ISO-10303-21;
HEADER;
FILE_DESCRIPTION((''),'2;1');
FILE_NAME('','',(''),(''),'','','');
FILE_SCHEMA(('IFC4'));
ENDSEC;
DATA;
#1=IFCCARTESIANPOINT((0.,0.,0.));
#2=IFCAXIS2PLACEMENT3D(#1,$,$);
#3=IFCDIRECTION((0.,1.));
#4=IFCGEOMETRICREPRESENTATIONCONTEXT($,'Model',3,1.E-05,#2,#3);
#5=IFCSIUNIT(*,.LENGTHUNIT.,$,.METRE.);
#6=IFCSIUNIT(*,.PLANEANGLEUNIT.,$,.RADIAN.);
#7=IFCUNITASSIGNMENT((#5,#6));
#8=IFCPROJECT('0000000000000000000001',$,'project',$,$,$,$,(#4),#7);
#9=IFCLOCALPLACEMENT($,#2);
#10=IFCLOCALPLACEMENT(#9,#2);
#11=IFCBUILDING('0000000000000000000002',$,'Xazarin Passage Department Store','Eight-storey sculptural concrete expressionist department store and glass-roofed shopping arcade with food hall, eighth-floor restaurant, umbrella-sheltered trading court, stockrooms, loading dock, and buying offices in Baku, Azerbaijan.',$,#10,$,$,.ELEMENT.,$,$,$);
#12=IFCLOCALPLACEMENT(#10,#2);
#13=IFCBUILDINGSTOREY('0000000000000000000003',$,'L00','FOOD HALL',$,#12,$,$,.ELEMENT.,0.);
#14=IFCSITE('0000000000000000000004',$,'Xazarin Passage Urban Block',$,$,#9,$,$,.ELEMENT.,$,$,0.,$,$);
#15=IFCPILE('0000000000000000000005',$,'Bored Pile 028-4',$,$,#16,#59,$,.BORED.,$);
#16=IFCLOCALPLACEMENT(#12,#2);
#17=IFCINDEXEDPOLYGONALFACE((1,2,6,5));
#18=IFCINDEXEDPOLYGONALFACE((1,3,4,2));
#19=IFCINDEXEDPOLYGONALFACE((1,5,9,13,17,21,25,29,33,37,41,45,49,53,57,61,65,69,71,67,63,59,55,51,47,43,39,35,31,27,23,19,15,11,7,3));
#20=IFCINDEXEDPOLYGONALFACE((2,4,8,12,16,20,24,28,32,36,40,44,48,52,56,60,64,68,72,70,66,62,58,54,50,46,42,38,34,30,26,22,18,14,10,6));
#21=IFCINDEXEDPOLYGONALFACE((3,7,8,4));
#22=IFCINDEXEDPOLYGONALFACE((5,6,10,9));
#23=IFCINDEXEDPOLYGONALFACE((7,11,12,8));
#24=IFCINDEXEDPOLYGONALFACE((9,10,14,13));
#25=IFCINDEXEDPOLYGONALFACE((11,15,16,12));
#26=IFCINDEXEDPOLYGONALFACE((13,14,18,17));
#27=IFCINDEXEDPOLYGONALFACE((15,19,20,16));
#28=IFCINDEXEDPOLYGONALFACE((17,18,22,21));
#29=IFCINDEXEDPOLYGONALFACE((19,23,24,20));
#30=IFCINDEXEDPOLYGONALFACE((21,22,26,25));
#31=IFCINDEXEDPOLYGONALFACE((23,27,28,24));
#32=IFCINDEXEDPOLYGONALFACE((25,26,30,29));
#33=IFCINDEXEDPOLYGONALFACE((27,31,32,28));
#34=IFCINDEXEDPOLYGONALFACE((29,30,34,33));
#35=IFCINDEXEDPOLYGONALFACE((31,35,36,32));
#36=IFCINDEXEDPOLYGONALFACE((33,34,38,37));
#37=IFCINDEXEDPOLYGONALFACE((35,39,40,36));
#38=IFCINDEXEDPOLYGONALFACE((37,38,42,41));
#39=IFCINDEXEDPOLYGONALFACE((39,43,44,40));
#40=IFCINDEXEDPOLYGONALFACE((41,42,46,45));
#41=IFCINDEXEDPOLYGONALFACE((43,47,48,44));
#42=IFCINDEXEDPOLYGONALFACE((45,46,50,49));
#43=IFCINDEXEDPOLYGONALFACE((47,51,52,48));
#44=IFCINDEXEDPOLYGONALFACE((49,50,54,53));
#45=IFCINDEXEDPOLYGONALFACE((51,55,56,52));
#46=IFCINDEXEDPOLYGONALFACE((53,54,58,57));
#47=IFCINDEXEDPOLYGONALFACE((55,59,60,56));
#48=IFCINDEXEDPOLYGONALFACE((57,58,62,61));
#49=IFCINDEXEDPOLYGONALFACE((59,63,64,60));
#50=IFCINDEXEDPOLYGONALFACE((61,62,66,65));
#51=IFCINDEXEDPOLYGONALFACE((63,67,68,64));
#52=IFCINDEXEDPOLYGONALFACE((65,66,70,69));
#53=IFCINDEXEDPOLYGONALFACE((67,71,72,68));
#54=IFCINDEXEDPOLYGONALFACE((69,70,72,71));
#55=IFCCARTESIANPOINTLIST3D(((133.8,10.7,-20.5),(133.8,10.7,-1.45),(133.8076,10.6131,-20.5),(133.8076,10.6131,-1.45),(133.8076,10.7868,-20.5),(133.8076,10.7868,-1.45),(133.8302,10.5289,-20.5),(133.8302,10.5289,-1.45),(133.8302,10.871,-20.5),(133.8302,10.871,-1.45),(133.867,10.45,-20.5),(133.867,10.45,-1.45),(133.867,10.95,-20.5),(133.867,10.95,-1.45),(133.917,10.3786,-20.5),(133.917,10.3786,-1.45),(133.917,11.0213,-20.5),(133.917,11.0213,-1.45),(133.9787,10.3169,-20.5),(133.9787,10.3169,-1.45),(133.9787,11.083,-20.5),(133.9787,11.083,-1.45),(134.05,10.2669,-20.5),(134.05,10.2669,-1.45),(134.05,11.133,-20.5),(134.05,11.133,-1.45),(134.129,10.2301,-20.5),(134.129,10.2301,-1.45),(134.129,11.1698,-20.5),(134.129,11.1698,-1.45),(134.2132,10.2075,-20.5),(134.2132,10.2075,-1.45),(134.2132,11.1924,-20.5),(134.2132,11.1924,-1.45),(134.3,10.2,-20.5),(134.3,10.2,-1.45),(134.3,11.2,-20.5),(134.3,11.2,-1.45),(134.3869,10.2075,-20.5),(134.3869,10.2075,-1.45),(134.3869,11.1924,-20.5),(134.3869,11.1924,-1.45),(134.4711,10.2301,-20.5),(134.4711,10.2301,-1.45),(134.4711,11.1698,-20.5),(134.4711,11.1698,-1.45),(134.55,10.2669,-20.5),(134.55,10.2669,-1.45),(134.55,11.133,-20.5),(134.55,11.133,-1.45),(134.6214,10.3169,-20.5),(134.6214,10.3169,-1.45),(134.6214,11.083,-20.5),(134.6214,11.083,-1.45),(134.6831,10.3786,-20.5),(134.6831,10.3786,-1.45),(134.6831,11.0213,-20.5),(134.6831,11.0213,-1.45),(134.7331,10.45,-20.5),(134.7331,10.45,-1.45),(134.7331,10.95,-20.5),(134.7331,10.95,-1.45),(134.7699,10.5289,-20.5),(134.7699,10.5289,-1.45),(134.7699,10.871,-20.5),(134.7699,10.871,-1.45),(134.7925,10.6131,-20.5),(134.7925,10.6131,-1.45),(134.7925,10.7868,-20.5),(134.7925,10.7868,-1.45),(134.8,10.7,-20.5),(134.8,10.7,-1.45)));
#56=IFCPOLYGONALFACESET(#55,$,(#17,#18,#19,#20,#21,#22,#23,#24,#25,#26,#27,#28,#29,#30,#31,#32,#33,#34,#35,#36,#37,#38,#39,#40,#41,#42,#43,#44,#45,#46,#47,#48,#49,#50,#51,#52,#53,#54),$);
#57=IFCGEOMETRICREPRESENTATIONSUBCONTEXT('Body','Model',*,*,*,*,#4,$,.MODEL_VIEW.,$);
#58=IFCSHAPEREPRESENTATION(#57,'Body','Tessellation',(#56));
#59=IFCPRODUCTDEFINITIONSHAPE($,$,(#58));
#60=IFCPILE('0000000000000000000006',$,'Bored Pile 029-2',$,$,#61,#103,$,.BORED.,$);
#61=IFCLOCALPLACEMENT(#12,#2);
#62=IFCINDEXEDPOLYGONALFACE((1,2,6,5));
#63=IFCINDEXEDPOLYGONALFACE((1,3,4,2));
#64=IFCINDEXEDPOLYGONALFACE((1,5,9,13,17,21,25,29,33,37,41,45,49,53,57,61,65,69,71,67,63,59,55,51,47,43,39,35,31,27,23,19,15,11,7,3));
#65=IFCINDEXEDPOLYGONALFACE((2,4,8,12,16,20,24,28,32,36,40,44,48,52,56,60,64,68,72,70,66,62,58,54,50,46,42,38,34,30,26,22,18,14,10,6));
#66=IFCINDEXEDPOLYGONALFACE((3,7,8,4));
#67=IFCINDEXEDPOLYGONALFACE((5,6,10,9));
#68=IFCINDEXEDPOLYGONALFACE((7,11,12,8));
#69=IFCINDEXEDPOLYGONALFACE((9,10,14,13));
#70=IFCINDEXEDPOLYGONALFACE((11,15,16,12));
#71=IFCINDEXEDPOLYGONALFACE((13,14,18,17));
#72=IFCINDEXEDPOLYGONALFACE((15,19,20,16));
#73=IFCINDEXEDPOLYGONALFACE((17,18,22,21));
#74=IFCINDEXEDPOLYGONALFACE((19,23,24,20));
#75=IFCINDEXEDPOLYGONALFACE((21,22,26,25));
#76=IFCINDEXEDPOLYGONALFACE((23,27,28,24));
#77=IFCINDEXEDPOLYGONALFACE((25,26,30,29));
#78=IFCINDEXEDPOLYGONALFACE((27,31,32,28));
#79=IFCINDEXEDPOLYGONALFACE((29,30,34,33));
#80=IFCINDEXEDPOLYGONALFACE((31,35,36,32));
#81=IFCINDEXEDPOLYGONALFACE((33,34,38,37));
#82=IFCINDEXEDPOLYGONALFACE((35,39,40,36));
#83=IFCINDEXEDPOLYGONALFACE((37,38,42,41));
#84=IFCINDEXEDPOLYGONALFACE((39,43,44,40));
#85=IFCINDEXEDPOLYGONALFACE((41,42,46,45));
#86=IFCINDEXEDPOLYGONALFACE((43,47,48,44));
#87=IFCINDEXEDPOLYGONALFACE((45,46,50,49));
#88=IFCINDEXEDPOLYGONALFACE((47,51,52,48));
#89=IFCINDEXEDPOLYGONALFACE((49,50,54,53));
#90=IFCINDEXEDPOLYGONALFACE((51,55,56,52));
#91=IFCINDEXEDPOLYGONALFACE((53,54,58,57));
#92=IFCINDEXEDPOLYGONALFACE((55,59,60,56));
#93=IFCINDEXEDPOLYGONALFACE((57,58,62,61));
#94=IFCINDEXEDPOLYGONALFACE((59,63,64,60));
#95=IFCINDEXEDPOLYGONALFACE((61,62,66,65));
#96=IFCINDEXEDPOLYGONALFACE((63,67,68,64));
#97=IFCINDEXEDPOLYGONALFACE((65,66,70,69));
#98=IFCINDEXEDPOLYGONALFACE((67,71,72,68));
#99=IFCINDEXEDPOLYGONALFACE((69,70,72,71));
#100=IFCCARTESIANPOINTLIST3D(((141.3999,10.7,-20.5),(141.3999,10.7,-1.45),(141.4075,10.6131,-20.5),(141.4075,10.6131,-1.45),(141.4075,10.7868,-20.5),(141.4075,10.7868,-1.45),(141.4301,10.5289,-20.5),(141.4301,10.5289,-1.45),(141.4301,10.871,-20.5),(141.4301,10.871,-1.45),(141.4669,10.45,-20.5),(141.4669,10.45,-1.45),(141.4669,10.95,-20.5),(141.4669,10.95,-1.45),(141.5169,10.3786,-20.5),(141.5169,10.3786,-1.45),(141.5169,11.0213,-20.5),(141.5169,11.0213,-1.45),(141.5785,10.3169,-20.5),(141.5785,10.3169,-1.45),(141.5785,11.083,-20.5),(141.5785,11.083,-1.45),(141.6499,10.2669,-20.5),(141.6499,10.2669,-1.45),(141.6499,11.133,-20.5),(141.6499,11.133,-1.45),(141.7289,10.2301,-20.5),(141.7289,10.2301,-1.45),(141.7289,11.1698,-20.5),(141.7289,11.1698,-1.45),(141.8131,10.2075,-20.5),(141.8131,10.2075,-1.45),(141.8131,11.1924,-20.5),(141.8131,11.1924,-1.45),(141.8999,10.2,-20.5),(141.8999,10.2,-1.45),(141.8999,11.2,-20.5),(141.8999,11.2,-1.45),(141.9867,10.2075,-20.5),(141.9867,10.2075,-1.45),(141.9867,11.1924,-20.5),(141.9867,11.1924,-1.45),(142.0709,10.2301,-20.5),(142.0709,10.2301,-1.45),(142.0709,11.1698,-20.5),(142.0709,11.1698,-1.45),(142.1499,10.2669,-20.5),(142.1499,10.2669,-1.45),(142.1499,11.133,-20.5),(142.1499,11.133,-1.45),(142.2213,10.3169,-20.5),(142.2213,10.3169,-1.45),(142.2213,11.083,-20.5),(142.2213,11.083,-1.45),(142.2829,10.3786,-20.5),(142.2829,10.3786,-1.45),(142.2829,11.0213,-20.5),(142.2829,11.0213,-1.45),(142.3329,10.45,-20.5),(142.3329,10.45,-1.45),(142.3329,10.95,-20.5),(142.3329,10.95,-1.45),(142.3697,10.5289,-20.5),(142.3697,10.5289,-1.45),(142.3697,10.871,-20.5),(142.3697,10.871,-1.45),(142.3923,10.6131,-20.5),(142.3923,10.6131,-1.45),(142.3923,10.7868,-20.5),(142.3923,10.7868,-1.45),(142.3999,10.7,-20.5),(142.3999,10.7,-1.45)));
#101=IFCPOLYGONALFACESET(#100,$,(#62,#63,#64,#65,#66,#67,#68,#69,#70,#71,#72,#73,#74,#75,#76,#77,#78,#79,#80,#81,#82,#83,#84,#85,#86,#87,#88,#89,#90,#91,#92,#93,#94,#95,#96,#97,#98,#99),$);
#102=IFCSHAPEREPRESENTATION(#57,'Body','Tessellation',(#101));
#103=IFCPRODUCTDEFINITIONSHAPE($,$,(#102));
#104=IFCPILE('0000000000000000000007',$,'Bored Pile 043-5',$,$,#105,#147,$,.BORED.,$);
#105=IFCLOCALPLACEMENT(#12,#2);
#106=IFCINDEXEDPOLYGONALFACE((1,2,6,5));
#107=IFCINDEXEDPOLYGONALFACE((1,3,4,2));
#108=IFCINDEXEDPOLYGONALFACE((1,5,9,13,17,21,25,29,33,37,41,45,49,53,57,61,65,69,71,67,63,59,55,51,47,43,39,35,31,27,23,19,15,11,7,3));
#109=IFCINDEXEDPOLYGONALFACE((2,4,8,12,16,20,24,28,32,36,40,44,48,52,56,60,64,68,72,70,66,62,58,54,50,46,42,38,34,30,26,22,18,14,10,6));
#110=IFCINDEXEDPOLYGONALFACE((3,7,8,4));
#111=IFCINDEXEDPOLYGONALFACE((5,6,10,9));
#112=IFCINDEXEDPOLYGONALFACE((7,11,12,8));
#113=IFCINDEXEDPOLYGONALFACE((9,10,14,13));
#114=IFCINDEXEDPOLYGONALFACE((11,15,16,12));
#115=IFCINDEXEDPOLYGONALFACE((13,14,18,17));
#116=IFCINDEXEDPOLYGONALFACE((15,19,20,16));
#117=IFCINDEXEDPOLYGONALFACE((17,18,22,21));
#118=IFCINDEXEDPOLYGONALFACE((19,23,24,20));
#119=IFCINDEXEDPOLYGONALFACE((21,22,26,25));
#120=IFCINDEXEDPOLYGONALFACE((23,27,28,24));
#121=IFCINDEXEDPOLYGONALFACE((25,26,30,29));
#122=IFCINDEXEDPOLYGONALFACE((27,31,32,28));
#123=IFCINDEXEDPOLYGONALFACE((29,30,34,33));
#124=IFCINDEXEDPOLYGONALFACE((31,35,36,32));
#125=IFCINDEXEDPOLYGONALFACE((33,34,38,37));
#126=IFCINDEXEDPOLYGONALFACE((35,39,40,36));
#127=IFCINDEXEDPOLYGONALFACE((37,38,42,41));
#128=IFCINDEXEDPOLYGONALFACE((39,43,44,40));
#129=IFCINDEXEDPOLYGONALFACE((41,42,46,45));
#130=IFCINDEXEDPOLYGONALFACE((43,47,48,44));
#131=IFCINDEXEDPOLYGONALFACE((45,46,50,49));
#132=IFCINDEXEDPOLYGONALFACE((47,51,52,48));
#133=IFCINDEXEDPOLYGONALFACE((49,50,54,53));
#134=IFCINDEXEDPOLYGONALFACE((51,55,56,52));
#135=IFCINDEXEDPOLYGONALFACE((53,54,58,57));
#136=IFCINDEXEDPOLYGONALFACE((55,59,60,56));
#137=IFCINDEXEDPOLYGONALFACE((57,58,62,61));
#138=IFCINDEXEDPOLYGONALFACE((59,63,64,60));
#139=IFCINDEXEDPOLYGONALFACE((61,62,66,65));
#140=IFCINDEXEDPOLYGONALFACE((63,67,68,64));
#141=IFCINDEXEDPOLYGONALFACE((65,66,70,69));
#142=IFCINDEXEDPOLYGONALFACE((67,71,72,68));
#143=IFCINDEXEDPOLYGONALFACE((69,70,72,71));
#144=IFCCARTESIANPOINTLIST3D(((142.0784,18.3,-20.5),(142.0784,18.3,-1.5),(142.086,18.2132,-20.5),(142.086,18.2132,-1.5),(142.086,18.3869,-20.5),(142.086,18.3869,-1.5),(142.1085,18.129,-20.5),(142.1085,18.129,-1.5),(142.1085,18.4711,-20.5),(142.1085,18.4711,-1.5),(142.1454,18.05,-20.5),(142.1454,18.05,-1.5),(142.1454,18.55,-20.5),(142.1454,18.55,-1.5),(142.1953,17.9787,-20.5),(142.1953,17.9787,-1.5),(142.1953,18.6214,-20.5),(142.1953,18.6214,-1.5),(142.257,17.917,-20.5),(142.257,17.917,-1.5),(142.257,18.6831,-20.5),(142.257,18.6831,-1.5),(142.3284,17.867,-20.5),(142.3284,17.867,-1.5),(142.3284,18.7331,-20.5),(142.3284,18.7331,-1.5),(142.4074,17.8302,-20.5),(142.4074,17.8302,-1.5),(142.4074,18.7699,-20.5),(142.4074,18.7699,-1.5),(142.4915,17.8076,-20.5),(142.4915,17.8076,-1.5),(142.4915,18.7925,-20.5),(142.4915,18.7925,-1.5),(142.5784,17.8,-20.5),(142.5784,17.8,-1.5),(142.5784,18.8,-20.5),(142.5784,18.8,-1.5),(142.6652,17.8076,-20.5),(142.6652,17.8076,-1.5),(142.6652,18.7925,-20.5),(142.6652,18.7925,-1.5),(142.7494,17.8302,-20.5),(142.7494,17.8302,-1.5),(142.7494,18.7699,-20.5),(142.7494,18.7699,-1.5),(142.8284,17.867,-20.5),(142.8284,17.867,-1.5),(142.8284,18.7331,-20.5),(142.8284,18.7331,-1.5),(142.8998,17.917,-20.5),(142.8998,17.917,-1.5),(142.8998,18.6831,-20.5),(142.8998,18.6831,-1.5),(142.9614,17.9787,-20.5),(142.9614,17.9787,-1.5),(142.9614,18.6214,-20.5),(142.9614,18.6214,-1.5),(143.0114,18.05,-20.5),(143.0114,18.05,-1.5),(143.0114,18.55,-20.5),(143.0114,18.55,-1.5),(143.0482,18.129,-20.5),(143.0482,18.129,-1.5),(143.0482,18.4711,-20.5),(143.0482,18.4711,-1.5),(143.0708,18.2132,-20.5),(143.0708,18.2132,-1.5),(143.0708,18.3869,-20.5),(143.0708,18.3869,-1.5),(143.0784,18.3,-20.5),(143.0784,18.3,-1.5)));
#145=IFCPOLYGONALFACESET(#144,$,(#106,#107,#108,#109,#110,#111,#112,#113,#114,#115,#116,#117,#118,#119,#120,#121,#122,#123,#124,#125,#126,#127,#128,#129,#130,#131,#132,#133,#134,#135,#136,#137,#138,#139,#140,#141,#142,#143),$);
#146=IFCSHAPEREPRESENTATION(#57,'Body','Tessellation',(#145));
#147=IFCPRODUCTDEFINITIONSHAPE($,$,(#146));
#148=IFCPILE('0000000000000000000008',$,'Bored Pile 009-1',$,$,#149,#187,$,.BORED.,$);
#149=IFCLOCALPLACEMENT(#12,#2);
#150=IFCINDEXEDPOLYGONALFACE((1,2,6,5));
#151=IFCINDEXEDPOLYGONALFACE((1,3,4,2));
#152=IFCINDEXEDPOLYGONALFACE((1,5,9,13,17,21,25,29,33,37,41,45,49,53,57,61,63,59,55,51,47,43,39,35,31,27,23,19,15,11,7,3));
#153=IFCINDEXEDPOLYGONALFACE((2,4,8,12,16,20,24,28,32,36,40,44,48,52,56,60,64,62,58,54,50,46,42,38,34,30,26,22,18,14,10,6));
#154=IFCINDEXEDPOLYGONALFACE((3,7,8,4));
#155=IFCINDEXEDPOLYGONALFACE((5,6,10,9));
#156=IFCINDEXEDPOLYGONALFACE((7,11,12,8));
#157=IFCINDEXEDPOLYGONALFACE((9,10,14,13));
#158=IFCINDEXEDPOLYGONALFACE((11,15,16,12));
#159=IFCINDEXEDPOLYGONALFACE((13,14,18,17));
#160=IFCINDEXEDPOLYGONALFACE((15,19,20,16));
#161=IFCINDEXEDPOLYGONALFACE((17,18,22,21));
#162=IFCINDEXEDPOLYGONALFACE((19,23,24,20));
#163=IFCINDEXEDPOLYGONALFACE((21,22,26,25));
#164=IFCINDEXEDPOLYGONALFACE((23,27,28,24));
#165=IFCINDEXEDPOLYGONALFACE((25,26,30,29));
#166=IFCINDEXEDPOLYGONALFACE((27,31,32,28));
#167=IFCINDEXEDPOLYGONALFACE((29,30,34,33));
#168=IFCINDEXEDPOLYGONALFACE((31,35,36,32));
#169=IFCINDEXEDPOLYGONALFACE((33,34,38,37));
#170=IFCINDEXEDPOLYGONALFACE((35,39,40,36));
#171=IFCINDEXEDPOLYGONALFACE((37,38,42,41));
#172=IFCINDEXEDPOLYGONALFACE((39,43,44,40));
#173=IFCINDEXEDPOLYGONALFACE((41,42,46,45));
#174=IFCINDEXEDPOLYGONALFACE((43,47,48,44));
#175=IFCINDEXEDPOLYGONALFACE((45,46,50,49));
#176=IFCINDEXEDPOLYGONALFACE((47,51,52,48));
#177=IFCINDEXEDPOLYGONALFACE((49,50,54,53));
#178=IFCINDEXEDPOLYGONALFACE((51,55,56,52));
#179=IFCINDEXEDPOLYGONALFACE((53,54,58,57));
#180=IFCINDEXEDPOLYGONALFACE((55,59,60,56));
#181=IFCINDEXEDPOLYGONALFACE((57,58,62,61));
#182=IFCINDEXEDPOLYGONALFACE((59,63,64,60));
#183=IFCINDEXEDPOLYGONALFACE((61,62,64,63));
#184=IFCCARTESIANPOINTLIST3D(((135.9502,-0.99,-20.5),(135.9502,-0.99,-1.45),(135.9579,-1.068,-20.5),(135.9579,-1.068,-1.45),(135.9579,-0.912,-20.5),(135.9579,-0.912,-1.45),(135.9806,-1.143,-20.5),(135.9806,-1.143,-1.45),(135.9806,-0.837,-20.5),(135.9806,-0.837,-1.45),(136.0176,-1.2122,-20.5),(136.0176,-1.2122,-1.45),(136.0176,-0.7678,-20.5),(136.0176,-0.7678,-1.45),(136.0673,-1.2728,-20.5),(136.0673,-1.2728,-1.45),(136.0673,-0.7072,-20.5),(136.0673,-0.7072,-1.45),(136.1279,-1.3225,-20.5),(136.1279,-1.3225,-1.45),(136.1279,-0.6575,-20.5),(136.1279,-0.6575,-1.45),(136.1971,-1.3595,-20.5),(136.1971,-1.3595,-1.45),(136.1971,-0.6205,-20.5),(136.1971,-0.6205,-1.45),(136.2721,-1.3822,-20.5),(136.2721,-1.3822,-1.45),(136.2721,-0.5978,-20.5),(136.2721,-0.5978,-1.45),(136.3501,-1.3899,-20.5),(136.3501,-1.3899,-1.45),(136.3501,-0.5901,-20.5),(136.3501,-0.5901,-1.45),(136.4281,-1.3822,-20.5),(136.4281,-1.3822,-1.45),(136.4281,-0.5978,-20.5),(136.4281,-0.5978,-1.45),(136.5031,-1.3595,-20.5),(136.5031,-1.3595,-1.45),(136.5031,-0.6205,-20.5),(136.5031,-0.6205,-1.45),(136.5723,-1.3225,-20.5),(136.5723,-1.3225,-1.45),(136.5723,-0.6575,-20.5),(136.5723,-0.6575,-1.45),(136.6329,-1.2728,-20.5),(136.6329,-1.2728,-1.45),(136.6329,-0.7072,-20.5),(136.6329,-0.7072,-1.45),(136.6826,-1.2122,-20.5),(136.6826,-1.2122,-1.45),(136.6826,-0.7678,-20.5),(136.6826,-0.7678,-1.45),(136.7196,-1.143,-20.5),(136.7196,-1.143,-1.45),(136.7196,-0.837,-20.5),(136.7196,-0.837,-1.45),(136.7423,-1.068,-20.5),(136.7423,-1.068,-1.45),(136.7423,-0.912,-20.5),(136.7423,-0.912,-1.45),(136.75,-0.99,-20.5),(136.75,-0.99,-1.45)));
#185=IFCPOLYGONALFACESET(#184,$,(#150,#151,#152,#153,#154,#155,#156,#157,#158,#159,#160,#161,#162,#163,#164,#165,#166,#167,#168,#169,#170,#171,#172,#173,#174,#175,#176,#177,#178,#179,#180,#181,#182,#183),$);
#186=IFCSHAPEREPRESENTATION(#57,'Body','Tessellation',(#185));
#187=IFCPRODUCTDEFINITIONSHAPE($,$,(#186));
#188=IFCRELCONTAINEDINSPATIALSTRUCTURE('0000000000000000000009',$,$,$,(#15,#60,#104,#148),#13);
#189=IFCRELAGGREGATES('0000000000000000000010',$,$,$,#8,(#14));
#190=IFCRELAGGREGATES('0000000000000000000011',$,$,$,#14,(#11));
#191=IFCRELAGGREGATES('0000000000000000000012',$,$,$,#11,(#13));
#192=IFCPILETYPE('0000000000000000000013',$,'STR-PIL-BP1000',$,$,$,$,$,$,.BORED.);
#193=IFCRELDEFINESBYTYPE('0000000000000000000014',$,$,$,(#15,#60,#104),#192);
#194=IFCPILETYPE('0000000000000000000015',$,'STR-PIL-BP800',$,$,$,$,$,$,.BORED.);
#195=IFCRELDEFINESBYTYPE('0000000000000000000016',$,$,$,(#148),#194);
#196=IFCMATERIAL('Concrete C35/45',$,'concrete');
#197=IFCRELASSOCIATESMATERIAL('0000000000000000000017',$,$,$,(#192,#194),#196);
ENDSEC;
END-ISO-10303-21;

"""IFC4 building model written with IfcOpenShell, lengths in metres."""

from ifc_helpers import new_model, si_unit, direction, frame, origin, origin_2d, place, context, subcontext, project, spatial, circle, extrude, material, material_profile, profile_set, type_object, element, save


model = new_model("IFC4")

# Units and contexts
model_context = context("Model", 3, precision=1e-05, world=origin(), true_north=direction((0.0, 1.0)))
body_context = subcontext(model_context, "Body", "Model", "MODEL_VIEW")
ifc_project = project(units=[si_unit("LENGTHUNIT", "METRE"), si_unit("PLANEANGLEUNIT", "RADIAN")], contexts=[model_context])

# Site, building, storey
site_placement = place(None, origin())
site = spatial("IfcSite", under=ifc_project, at=site_placement, Name="Xazarin Passage Urban Block", CompositionType="ELEMENT", RefElevation=0.0)
building_placement = place(site_placement, origin())
building = spatial("IfcBuilding", under=site, at=building_placement, Name="Xazarin Passage Department Store", Description="Eight-storey sculptural concrete expressionist department store and glass-roofed shopping arcade with food hall, eighth-floor restaurant, umbrella-sheltered trading court, stockrooms, loading dock, and buying offices in Baku, Azerbaijan.", CompositionType="ELEMENT")
storey_placement = place(building_placement, origin())
storey = spatial("IfcBuildingStorey", under=building, at=storey_placement, Name="L00", Description="FOOD HALL", CompositionType="ELEMENT", Elevation=0.0)

# Shared definitions
ifc_material_1 = material(Name="Concrete C35/45", Category="concrete")

# Piles
ifc_material_profile_1 = material_profile(ifc_material_1, circle(Radius=0.5, at=origin_2d()), Name="BP 1000")
ifc_profile_set_1 = profile_set([ifc_material_profile_1], Name="Concrete C35/45")
pile_type_1 = type_object("IfcPileType", Name="STR-PIL-BP1000", PredefinedType="BORED", material=ifc_profile_set_1)
for number, where, z_axis, x_axis, name in (
    (1, (134.3, 10.7, -1.45), (0.0, 0.0, -1.0), (1.0, 0.0, 0.0), "Bored Pile 028-4"),
    (2, (141.8999, 10.7, -1.45), (0.0, 0.0, -1.0), (1.0, 0.0, 0.0), "Bored Pile 029-2"),
):
    element("IfcPile", number, at=place(storey_placement, frame(where, z_axis=z_axis, x_axis=x_axis)), inside=storey, type_object=pile_type_1, Name=name, PredefinedType="BORED", context=body_context, shape_type="SweptSolid", body=[
        extrude(circle(Radius=0.5, at=origin_2d()), origin(), (0.0, 0.0, 1.0), 19.05),
    ])
pile_1_placement = place(storey_placement, frame((142.5784, 18.3, -1.5), z_axis=(0.0, 0.0, -1.0), x_axis=(1.0, 0.0, 0.0)))
element("IfcPile", 3, at=pile_1_placement, inside=storey, type_object=pile_type_1, Name="Bored Pile 043-5", PredefinedType="BORED", context=body_context, shape_type="SweptSolid", body=[
    extrude(circle(Radius=0.5, at=origin_2d()), origin(), (0.0, 0.0, 1.0), 19.0),
])
ifc_material_profile_2 = material_profile(ifc_material_1, circle(Radius=0.3999, at=origin_2d()), Name="BP 800")
ifc_profile_set_2 = profile_set([ifc_material_profile_2], Name="Concrete C35/45")
pile_type_2 = type_object("IfcPileType", Name="STR-PIL-BP800", PredefinedType="BORED", material=ifc_profile_set_2)
for number, where, z_axis, x_axis, name in (
    (4, (136.3501, -0.99, -1.45), (0.0, 0.0, -1.0), (1.0, 0.0, 0.0), "Bored Pile 009-1"),
):
    element("IfcPile", number, at=place(storey_placement, frame(where, z_axis=z_axis, x_axis=x_axis)), inside=storey, type_object=pile_type_2, Name=name, PredefinedType="BORED", context=body_context, shape_type="SweptSolid", body=[
        extrude(circle(Radius=0.3999, at=origin_2d()), origin(), (0.0, 0.0, 1.0), 19.05),
    ])

save(model, "model.ifc")
